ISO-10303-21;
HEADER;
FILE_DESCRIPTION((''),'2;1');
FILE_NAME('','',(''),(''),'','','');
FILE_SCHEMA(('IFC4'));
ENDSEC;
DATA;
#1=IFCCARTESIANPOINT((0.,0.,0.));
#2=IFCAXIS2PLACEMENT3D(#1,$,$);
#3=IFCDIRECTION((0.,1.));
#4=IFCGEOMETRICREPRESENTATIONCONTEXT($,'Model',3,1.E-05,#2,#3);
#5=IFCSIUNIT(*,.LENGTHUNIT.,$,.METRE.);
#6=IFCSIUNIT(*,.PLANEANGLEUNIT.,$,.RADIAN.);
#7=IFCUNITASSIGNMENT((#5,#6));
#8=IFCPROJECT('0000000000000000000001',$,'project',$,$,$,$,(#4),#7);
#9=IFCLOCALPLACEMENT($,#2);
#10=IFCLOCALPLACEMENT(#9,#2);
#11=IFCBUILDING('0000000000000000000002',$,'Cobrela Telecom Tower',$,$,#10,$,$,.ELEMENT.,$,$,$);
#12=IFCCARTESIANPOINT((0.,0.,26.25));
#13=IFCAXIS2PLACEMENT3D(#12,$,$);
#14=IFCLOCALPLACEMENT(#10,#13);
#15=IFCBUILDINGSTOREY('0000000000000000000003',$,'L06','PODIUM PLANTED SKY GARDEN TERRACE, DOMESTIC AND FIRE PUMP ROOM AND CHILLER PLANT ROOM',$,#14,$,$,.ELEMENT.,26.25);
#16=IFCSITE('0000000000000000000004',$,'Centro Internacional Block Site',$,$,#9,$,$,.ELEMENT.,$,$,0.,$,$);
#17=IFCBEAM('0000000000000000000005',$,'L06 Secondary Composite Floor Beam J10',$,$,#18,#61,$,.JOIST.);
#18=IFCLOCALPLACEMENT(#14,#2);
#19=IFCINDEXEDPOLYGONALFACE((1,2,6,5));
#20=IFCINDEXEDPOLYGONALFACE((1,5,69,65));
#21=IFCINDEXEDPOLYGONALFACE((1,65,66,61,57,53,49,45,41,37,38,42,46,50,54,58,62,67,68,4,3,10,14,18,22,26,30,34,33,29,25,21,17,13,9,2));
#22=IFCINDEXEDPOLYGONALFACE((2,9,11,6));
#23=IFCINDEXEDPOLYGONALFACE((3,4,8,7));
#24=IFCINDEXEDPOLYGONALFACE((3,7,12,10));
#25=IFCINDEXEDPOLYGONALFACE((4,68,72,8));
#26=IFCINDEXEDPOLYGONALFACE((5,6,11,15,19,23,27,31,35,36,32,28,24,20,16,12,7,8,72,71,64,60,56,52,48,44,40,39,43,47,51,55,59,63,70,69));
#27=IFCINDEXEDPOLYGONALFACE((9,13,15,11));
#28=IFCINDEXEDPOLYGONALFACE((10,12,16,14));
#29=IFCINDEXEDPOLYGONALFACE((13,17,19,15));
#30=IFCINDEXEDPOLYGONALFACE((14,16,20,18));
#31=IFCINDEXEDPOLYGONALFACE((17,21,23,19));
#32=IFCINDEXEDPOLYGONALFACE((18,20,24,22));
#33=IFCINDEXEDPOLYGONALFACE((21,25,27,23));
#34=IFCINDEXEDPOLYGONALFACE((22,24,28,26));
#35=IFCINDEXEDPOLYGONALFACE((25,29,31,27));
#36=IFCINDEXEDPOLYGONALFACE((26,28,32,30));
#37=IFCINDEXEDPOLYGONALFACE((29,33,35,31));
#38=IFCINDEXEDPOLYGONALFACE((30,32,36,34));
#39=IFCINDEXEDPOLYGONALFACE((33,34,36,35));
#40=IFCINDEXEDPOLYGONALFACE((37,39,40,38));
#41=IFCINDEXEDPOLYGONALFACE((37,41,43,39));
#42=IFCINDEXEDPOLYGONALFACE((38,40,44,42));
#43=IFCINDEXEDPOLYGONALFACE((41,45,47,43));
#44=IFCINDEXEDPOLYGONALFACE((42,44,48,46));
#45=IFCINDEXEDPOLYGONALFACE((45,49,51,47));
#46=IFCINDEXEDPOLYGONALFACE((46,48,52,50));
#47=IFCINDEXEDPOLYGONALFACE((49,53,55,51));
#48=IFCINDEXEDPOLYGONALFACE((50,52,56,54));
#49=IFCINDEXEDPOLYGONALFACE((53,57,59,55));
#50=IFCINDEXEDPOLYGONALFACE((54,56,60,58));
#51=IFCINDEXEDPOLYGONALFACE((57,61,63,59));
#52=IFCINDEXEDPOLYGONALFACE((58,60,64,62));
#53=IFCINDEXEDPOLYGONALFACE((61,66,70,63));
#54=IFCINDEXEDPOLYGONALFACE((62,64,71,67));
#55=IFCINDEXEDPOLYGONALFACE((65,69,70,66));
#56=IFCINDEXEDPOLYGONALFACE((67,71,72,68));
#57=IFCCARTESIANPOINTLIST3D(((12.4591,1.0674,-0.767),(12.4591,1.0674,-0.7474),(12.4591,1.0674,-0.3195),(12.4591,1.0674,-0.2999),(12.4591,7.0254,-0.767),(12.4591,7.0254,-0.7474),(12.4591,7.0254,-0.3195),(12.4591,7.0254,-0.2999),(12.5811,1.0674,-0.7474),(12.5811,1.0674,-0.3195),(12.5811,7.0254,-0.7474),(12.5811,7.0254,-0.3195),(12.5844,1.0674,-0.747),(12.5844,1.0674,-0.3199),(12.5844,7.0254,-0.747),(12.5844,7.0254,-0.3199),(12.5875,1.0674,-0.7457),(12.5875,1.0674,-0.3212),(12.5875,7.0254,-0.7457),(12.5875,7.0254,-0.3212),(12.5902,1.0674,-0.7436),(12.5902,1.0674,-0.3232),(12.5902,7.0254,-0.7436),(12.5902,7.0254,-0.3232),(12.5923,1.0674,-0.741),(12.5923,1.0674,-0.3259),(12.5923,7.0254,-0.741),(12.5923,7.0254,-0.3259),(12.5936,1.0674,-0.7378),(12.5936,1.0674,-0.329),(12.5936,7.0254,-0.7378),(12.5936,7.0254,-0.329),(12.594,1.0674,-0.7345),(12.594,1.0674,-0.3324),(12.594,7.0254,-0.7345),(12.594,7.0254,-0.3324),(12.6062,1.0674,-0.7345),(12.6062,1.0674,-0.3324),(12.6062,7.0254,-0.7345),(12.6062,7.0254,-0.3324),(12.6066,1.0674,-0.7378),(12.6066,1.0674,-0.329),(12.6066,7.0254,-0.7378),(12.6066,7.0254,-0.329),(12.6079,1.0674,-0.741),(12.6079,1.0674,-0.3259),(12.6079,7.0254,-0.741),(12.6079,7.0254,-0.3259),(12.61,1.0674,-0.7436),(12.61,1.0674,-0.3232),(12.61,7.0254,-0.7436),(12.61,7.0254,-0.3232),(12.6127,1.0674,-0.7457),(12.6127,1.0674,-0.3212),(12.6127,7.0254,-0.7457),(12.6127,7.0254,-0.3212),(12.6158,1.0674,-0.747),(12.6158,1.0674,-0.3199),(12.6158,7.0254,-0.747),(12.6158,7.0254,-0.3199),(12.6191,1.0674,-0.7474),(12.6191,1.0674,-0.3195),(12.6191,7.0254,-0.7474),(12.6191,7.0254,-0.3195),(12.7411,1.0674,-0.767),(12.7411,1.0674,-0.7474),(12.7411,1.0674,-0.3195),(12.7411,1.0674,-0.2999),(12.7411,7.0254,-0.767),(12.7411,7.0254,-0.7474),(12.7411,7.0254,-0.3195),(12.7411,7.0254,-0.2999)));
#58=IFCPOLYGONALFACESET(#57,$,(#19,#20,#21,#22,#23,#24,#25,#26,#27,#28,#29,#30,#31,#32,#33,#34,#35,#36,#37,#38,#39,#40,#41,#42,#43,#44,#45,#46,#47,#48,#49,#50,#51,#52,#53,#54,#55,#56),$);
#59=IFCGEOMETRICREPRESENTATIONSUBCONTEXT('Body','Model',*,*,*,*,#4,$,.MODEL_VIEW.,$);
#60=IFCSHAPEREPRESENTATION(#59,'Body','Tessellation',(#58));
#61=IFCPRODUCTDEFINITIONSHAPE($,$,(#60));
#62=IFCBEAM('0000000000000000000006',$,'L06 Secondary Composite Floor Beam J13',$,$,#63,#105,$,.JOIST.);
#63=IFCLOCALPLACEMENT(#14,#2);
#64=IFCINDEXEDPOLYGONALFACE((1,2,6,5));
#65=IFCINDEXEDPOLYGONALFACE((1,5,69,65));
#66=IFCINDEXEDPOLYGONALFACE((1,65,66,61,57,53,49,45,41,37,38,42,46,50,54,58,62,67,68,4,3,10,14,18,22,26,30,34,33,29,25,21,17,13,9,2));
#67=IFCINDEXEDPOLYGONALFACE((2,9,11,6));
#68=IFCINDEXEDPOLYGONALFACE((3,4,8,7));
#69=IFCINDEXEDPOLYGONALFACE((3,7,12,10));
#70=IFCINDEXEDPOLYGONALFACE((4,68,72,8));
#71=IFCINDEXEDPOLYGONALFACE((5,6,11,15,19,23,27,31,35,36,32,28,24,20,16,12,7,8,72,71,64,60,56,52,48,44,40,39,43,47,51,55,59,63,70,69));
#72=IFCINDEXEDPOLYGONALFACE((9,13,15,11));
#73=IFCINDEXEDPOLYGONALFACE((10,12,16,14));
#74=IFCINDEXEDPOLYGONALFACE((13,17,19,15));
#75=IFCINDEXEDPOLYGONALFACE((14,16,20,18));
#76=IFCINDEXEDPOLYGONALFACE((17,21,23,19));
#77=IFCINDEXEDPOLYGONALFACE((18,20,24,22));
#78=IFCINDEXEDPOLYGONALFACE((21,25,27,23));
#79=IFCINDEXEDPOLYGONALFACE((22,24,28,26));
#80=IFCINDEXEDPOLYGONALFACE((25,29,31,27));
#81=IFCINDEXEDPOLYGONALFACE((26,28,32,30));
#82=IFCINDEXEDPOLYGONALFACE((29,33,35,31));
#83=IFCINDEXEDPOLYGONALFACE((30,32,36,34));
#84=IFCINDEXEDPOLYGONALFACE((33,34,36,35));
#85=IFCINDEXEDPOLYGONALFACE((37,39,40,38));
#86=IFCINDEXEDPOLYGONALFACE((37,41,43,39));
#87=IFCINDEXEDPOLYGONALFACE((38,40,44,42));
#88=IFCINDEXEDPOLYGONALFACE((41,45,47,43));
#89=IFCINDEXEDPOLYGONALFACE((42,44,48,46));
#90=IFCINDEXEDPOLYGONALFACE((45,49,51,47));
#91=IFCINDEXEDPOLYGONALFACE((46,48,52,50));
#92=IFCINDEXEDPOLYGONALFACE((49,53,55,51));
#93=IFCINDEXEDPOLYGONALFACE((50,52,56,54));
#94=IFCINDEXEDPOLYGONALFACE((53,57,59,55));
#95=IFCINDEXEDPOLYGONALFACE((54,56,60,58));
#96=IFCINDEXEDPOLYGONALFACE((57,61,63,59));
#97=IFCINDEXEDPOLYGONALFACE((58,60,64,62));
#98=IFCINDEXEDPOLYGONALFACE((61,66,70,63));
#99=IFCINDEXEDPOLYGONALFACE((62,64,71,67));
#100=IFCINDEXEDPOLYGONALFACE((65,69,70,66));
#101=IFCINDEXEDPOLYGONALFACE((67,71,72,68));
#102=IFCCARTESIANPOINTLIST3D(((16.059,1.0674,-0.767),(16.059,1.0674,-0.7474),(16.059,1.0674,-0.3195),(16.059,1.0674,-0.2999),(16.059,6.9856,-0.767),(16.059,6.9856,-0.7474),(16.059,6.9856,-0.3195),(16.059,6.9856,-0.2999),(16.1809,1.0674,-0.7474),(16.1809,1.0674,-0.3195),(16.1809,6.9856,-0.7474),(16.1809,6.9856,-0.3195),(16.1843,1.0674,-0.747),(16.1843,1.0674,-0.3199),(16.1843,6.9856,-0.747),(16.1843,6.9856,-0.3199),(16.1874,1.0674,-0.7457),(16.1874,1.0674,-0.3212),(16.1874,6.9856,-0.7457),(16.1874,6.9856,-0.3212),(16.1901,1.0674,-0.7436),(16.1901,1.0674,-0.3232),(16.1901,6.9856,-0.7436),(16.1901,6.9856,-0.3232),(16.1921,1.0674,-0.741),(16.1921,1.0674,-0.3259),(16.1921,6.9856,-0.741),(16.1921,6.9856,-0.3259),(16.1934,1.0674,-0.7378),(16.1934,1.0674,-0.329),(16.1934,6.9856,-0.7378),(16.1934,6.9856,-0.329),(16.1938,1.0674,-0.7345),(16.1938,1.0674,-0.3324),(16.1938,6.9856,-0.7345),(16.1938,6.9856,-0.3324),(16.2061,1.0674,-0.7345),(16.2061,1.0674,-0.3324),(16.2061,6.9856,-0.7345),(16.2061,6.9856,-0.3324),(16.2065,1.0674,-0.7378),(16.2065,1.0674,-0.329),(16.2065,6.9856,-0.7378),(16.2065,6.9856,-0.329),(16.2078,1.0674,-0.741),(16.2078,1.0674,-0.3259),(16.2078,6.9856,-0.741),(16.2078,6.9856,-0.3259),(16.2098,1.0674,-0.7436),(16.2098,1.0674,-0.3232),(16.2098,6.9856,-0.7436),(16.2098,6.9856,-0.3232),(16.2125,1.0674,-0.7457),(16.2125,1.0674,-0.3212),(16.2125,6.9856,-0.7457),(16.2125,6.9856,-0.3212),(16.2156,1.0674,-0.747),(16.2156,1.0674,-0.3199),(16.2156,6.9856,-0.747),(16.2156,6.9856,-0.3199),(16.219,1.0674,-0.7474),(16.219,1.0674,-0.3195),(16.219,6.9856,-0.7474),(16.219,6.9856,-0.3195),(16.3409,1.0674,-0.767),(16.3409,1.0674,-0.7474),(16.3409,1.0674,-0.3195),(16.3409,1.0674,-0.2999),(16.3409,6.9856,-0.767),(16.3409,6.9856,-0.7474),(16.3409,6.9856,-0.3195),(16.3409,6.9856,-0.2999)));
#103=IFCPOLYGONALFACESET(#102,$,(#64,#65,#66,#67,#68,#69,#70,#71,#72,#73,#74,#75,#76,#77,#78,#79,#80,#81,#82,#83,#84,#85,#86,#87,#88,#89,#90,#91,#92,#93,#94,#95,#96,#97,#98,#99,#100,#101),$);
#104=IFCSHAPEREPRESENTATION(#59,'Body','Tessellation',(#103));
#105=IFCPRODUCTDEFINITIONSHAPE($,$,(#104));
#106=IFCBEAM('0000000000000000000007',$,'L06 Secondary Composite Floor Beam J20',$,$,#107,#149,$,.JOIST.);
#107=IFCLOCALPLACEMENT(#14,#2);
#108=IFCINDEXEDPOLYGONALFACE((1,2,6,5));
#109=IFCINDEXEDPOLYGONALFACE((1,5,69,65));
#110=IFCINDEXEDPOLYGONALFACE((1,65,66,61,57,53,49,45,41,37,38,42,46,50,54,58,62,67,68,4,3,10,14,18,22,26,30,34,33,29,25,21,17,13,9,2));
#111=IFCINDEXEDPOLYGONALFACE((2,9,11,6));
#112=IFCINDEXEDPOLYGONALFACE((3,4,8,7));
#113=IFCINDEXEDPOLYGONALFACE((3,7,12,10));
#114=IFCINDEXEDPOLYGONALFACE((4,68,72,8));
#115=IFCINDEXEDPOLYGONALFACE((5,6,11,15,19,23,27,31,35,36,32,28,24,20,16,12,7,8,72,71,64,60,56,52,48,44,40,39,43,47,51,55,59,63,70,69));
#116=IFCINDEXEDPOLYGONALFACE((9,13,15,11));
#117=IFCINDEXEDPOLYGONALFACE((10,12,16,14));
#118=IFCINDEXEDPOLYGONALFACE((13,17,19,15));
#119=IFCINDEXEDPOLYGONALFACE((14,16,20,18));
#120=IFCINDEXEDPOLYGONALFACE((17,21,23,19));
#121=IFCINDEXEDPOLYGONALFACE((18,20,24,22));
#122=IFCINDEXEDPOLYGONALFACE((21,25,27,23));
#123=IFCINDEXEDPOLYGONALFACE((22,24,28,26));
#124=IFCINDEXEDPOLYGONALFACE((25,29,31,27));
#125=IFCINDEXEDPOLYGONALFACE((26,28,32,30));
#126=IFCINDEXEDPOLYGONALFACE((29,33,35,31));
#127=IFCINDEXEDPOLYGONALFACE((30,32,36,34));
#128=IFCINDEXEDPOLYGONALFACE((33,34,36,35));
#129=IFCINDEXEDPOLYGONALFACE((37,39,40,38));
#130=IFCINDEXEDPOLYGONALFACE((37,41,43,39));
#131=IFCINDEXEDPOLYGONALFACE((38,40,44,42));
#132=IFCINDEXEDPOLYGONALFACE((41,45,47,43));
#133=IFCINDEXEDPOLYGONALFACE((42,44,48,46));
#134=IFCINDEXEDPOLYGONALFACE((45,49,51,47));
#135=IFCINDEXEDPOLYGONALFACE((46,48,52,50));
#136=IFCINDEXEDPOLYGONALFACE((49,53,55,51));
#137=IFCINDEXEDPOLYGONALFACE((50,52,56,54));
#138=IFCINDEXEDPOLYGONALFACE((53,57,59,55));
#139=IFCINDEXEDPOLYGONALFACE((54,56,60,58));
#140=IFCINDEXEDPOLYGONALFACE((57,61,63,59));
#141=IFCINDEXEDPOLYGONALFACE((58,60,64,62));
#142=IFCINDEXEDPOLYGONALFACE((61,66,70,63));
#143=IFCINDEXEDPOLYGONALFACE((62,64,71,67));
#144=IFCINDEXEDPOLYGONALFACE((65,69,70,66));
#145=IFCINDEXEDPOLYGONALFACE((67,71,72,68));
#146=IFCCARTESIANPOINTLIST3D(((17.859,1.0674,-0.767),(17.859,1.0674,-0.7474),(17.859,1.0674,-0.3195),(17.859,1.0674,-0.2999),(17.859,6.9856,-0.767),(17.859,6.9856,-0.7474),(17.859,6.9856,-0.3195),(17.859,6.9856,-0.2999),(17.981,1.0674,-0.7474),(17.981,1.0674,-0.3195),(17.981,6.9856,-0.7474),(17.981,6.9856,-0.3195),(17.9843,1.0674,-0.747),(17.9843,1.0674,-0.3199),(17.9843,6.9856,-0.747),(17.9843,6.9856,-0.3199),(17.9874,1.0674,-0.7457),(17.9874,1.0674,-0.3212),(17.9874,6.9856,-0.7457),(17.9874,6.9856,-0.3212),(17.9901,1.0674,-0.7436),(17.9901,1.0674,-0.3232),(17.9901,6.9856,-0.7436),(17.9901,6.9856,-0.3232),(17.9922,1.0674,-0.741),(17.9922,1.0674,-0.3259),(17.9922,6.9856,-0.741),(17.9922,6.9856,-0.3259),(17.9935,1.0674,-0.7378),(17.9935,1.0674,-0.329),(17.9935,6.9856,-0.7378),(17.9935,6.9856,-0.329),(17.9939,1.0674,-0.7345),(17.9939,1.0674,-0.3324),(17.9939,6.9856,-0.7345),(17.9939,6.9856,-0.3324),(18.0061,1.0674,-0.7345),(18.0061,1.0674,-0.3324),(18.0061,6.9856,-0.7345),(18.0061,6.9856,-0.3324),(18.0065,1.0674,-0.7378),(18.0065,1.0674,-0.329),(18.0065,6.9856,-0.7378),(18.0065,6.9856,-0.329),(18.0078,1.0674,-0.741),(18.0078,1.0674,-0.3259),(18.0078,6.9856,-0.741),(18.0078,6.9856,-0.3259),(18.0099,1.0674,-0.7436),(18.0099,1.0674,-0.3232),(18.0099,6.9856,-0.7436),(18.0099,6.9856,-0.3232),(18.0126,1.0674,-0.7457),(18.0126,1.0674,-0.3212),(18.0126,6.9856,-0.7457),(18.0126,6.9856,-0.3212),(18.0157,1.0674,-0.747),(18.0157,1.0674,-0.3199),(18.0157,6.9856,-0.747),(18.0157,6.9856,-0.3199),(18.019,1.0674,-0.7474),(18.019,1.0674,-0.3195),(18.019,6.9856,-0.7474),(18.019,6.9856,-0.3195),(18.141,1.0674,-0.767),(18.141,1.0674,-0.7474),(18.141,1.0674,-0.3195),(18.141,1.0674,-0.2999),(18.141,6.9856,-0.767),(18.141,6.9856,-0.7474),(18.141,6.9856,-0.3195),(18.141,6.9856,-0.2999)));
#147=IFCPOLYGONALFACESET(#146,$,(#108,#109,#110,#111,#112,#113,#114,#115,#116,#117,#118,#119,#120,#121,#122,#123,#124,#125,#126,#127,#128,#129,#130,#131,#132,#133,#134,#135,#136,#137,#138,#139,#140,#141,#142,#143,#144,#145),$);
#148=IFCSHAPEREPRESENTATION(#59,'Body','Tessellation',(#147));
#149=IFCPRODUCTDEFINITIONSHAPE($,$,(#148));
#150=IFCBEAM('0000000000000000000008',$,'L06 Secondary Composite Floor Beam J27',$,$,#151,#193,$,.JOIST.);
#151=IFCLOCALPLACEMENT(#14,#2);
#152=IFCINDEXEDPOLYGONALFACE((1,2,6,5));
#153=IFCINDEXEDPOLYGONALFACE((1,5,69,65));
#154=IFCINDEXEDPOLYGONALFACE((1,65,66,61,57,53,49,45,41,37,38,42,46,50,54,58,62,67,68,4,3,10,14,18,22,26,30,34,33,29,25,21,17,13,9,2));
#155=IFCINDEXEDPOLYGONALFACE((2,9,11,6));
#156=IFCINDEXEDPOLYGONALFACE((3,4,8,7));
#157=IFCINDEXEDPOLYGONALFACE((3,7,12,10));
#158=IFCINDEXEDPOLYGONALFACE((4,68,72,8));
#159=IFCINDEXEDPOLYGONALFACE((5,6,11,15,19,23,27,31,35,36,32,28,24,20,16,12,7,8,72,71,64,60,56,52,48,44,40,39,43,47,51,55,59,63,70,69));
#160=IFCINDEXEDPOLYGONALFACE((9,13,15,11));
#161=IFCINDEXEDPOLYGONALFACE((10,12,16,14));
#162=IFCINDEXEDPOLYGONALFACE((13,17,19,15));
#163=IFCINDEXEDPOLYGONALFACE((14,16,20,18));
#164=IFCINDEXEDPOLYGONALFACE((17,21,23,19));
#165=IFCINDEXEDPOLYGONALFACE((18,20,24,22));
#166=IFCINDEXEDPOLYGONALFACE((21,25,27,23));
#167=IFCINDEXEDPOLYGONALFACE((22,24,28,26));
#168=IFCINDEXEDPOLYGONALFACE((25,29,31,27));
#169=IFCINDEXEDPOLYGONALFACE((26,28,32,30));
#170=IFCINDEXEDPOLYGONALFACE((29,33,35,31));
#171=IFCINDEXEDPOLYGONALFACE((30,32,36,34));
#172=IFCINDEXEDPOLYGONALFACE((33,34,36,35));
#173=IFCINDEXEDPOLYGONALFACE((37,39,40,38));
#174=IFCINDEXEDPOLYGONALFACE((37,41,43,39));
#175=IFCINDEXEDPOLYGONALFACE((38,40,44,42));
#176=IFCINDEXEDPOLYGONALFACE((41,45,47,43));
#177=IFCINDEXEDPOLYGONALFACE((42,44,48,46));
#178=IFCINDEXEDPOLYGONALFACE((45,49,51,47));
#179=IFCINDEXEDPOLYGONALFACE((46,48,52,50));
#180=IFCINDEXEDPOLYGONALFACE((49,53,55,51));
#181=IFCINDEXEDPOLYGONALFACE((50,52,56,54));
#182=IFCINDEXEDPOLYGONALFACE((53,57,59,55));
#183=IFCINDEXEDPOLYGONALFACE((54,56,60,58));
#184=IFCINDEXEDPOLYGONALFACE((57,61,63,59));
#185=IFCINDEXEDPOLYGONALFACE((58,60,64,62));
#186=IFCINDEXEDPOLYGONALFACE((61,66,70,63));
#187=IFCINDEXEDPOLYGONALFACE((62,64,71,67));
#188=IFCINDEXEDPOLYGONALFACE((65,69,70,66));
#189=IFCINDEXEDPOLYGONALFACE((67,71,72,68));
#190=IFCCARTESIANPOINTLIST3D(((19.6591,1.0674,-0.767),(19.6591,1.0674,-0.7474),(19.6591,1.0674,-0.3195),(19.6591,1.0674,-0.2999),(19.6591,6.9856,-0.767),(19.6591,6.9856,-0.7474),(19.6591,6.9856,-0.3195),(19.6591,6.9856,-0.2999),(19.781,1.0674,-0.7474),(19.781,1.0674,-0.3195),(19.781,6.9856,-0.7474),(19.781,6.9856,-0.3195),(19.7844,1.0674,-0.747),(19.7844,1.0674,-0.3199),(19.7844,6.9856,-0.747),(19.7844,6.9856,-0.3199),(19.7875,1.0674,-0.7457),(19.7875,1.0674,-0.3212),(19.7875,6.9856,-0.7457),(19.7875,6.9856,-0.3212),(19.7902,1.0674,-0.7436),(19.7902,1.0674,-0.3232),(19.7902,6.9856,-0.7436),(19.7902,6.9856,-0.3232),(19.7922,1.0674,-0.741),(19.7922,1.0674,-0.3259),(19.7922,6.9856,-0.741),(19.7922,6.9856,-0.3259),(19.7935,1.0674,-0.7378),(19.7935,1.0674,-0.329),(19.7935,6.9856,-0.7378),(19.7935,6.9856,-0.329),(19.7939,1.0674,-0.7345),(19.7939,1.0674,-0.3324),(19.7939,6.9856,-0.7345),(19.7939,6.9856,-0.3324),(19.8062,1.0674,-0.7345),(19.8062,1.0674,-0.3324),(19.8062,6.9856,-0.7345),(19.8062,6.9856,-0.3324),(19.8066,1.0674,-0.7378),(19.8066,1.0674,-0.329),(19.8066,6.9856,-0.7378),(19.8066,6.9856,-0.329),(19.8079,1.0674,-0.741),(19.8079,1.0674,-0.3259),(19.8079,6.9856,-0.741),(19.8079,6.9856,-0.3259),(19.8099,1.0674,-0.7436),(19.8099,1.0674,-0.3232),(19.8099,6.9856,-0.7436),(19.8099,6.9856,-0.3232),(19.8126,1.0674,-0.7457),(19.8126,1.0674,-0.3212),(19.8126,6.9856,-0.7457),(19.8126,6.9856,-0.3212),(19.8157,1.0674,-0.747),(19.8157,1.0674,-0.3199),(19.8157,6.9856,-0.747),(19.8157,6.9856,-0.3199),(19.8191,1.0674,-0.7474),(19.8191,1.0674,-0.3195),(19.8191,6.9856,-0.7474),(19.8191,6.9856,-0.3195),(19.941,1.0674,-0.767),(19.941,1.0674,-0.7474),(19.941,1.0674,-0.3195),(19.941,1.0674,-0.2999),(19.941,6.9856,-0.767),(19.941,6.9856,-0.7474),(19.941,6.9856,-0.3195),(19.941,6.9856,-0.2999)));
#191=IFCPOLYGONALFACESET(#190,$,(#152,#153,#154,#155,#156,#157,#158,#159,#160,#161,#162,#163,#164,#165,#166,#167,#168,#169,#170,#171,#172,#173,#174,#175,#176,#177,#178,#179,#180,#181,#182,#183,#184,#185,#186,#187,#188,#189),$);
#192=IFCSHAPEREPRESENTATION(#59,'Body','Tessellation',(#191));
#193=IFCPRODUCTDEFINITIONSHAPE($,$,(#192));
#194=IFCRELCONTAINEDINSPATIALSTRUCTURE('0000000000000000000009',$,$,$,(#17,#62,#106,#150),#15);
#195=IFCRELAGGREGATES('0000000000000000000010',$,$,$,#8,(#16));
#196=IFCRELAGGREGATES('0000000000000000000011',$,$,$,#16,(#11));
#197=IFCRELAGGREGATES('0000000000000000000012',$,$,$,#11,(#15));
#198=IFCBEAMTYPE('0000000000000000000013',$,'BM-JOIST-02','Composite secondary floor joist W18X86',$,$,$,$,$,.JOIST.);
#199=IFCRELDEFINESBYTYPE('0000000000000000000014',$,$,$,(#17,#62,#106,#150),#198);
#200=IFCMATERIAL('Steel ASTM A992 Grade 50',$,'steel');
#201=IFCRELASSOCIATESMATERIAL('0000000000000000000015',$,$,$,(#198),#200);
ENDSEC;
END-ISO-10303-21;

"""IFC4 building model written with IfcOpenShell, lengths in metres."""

from ifc_helpers import new_model, si_unit, direction, frame, origin, origin_2d, place, context, subcontext, project, spatial, i_section, extrude, material, material_profile, profile_set, type_object, element, save


model = new_model("IFC4")

# Units and contexts
model_context = context("Model", 3, precision=1e-05, world=origin(), true_north=direction((0.0, 1.0)))
body_context = subcontext(model_context, "Body", "Model", "MODEL_VIEW")
ifc_project = project(units=[si_unit("LENGTHUNIT", "METRE"), si_unit("PLANEANGLEUNIT", "RADIAN")], contexts=[model_context])

# Site, building, storey
site_placement = place(None, origin())
site = spatial("IfcSite", under=ifc_project, at=site_placement, Name="Centro Internacional Block Site", CompositionType="ELEMENT", RefElevation=0.0)
building_placement = place(site_placement, origin())
building = spatial("IfcBuilding", under=site, at=building_placement, Name="Cobrela Telecom Tower", CompositionType="ELEMENT")
storey_placement = place(building_placement, frame((0.0, 0.0, 26.25)))
storey = spatial("IfcBuildingStorey", under=building, at=storey_placement, Name="L06", Description="PODIUM PLANTED SKY GARDEN TERRACE, DOMESTIC AND FIRE PUMP ROOM AND CHILLER PLANT ROOM", CompositionType="ELEMENT", Elevation=26.25)

# Beams
ifc_material_1 = material(Name="Steel ASTM A992 Grade 50", Category="steel")
ifc_material_profile_1 = material_profile(ifc_material_1, i_section(OverallWidth=0.282, OverallDepth=0.467, WebThickness=0.0122, FlangeThickness=0.0195, FilletRadius=0.0129, at=origin_2d()), Name="W18X86")
ifc_profile_set_1 = profile_set([ifc_material_profile_1], Name="Steel ASTM A992 Grade 50")
beam_type_1 = type_object("IfcBeamType", Name="BM-JOIST-02", Description="Composite secondary floor joist W18X86", PredefinedType="JOIST", material=ifc_profile_set_1)
for number, where, z_axis, x_axis, name in (
    (1, (12.6001, 1.0674, -0.5334), (0.0, 1.0, 0.0), (-1.0, 0.0, 0.0), "L06 Secondary Composite Floor Beam J10"),
):
    element("IfcBeam", number, at=place(storey_placement, frame(where, z_axis=z_axis, x_axis=x_axis)), inside=storey, type_object=beam_type_1, Name=name, PredefinedType="JOIST", context=body_context, shape_type="SweptSolid", body=[
        extrude(i_section(OverallWidth=0.282, OverallDepth=0.467, WebThickness=0.0122, FlangeThickness=0.0195, FilletRadius=0.0129, at=origin_2d()), origin(), (0.0, 0.0, 1.0), 5.958),
    ])
for number, where, z_axis, x_axis, name in (
    (2, (16.2, 1.0674, -0.5334), (0.0, 1.0, 0.0), (-1.0, 0.0, 0.0), "L06 Secondary Composite Floor Beam J13"),
    (3, (18.0, 1.0674, -0.5334), (0.0, 1.0, 0.0), (-1.0, 0.0, 0.0), "L06 Secondary Composite Floor Beam J20"),
    (4, (19.8, 1.0674, -0.5334), (0.0, 1.0, 0.0), (-1.0, 0.0, 0.0), "L06 Secondary Composite Floor Beam J27"),
):
    element("IfcBeam", number, at=place(storey_placement, frame(where, z_axis=z_axis, x_axis=x_axis)), inside=storey, type_object=beam_type_1, Name=name, PredefinedType="JOIST", context=body_context, shape_type="SweptSolid", body=[
        extrude(i_section(OverallWidth=0.282, OverallDepth=0.467, WebThickness=0.0122, FlangeThickness=0.0195, FilletRadius=0.0129, at=origin_2d()), origin(), (0.0, 0.0, 1.0), 5.9182),
    ])

save(model, "model.ifc")
